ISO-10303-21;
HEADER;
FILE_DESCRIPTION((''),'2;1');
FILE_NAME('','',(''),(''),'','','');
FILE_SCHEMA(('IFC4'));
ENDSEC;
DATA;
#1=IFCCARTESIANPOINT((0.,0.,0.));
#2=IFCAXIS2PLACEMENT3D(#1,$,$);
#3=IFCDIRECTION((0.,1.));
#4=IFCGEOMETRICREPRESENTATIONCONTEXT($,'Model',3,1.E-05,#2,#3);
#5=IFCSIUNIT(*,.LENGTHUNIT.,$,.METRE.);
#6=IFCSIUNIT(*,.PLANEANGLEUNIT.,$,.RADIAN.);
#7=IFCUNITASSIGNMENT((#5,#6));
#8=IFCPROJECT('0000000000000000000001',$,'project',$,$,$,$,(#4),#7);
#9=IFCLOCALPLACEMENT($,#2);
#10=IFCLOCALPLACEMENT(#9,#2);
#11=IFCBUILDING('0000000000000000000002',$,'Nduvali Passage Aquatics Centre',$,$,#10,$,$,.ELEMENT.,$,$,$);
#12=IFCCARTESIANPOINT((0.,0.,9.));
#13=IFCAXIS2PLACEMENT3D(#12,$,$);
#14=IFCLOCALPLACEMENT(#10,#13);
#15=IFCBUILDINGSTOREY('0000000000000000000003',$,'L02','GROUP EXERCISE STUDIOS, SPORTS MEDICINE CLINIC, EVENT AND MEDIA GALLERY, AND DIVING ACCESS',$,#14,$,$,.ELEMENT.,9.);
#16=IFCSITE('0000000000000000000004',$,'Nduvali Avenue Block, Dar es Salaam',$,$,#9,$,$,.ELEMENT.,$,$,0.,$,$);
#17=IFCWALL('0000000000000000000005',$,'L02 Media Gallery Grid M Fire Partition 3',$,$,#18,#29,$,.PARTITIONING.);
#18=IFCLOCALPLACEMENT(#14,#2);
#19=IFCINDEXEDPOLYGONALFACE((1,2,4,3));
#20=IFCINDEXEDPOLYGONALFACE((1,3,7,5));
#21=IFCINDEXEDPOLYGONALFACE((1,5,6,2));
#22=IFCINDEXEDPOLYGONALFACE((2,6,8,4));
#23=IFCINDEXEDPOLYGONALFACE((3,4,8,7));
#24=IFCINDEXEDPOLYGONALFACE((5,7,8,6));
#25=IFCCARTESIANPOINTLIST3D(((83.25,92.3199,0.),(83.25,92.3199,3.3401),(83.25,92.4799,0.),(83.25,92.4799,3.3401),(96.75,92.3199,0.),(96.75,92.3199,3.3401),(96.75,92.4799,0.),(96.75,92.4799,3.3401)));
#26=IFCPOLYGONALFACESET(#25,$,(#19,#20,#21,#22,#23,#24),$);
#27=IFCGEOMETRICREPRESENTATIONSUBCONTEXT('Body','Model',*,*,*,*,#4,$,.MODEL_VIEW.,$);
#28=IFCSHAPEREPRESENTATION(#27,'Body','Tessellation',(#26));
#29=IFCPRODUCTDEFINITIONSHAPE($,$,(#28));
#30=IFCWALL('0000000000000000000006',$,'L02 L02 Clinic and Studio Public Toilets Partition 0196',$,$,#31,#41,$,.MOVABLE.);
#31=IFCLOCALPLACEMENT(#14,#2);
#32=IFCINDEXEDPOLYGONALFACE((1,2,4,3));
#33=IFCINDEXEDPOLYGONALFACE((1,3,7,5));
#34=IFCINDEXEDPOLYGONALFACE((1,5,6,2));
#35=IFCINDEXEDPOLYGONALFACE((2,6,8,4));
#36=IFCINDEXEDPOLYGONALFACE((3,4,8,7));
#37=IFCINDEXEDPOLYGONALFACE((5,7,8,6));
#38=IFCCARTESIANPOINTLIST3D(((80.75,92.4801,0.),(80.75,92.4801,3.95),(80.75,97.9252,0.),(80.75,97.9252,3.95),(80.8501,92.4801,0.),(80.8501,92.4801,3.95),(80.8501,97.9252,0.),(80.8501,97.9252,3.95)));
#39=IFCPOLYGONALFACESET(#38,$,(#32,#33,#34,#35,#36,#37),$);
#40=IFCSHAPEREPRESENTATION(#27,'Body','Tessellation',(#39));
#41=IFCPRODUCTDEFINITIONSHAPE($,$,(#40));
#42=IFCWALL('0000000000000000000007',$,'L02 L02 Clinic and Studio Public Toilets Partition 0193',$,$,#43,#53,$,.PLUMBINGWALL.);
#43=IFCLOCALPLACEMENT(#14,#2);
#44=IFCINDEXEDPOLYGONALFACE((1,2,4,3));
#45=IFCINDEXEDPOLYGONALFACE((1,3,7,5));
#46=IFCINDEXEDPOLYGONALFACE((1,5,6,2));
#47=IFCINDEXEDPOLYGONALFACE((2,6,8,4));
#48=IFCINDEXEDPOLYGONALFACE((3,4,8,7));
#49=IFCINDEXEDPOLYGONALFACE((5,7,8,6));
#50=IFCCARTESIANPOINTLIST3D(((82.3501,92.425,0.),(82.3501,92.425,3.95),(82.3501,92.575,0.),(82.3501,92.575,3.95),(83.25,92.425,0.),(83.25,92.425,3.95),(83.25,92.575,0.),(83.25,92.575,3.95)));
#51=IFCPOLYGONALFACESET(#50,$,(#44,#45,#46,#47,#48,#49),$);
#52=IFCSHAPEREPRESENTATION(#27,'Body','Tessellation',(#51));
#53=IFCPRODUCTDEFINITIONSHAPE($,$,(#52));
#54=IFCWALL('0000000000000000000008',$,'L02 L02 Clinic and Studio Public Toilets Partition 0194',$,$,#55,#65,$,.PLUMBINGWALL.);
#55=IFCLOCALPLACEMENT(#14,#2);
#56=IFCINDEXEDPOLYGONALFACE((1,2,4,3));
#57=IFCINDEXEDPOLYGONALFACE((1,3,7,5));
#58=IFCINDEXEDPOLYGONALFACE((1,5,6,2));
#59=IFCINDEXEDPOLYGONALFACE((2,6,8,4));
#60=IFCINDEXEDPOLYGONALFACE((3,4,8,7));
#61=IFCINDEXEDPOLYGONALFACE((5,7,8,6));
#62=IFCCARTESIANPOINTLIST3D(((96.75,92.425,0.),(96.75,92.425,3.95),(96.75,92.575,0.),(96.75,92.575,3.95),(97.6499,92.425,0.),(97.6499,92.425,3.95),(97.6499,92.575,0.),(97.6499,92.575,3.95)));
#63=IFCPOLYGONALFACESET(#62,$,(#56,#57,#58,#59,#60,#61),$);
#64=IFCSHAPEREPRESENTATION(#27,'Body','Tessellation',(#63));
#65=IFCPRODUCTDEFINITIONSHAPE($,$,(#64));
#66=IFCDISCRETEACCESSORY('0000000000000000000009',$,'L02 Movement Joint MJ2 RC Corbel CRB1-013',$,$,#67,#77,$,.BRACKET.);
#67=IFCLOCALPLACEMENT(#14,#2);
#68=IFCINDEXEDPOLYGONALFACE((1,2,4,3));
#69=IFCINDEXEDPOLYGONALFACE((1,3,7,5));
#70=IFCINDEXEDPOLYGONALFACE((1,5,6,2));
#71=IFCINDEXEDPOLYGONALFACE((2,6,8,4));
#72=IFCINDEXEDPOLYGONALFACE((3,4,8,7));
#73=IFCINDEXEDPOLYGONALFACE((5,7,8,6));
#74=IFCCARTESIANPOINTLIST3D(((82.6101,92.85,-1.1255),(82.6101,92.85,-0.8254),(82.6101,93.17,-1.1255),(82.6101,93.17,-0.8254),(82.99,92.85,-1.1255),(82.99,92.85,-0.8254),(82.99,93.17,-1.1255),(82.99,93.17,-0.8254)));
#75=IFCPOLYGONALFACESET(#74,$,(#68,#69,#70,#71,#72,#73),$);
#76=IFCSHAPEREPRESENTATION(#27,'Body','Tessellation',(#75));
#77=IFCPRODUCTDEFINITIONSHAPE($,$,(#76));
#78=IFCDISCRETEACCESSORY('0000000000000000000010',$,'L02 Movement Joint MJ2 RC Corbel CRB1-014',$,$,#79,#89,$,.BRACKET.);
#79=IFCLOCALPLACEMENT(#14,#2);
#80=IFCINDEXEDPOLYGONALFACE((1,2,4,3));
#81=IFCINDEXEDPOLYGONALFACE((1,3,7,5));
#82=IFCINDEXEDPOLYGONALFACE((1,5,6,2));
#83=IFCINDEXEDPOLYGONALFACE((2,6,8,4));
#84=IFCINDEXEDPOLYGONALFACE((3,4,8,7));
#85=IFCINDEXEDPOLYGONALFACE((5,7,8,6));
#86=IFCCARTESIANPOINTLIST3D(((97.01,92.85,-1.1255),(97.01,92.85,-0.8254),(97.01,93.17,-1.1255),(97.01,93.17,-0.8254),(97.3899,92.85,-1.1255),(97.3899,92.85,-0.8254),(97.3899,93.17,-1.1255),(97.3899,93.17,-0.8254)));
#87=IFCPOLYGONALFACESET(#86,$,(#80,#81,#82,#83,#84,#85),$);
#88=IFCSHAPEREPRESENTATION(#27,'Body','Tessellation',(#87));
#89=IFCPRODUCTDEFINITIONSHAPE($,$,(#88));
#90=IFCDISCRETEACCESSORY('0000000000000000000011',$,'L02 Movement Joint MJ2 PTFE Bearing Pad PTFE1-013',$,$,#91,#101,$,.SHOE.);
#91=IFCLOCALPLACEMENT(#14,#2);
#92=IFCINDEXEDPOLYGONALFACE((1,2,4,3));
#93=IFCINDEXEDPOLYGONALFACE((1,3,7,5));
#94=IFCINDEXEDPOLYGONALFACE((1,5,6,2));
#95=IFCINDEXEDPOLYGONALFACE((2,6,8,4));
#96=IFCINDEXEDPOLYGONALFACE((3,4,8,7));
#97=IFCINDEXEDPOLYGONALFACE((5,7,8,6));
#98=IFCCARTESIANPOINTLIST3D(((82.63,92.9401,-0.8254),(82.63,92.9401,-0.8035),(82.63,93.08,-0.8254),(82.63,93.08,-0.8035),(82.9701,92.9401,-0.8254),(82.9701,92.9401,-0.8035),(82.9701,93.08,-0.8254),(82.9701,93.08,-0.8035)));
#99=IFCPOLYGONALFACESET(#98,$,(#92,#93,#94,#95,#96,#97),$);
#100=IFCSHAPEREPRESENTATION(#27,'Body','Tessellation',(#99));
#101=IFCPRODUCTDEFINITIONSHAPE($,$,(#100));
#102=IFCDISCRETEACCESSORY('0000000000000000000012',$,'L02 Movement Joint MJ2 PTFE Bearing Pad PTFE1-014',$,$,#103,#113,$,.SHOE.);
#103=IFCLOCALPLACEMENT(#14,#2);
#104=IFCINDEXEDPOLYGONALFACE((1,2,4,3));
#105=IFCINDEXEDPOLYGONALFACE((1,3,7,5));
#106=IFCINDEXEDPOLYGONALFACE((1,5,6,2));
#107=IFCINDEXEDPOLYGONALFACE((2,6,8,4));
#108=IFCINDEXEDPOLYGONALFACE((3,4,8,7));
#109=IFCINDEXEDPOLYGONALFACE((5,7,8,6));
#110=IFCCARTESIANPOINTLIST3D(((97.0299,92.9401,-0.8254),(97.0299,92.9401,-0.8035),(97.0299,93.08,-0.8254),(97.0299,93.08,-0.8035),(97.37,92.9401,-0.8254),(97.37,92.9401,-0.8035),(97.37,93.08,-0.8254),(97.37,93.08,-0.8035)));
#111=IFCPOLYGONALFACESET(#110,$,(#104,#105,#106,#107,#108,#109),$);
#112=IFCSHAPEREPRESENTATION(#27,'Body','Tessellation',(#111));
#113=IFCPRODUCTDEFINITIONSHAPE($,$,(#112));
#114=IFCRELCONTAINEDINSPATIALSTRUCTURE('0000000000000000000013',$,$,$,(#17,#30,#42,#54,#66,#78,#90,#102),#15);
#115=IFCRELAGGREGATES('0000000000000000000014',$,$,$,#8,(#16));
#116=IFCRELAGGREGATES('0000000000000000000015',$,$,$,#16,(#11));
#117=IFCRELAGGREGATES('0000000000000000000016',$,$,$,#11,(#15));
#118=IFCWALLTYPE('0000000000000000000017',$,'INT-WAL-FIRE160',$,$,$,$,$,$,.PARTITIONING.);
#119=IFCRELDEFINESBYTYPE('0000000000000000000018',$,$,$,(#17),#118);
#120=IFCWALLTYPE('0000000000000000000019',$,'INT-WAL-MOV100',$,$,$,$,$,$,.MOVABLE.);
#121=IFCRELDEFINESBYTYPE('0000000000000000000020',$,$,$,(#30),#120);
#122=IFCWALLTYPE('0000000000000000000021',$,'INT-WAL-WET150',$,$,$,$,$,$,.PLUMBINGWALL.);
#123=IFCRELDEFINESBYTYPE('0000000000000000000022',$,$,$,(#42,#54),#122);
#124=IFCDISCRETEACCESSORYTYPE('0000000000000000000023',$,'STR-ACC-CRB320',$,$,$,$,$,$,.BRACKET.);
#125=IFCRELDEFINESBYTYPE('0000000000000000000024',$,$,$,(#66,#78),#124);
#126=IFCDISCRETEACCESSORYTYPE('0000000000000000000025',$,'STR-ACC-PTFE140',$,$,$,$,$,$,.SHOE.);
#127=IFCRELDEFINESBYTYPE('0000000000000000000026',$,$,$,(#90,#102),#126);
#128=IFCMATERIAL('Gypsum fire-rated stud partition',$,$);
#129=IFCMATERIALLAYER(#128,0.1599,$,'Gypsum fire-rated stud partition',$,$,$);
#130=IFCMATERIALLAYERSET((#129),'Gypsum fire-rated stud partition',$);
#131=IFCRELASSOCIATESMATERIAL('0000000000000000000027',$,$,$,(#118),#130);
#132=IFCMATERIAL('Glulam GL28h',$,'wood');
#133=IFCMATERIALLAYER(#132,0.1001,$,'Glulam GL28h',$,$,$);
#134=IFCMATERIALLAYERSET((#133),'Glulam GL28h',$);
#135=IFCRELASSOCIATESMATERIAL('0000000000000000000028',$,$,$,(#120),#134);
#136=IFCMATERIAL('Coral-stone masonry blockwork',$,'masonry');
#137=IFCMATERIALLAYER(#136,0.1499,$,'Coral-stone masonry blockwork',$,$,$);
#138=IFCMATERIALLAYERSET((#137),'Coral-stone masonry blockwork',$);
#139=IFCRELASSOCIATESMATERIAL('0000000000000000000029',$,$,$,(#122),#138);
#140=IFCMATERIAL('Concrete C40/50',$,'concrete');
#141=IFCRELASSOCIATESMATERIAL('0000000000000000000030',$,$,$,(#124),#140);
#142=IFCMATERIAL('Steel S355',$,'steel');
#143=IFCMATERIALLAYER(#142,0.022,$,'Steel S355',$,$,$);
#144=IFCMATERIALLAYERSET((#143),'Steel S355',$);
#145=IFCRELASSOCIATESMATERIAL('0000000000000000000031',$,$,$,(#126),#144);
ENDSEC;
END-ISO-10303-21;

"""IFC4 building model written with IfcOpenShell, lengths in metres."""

from ifc_helpers import new_model, si_unit, direction, frame, frame_2d, origin, origin_2d, place, context, subcontext, project, spatial, rectangle, extrude, material, layer, layer_set, type_object, element, save


model = new_model("IFC4")

# Units and contexts
model_context = context("Model", 3, precision=1e-05, world=origin(), true_north=direction((0.0, 1.0)))
body_context = subcontext(model_context, "Body", "Model", "MODEL_VIEW")
ifc_project = project(units=[si_unit("LENGTHUNIT", "METRE"), si_unit("PLANEANGLEUNIT", "RADIAN")], contexts=[model_context])

# Site, building, storey
site_placement = place(None, origin())
site = spatial("IfcSite", under=ifc_project, at=site_placement, Name="Nduvali Avenue Block, Dar es Salaam", CompositionType="ELEMENT", RefElevation=0.0)
building_placement = place(site_placement, origin())
building = spatial("IfcBuilding", under=site, at=building_placement, Name="Nduvali Passage Aquatics Centre", CompositionType="ELEMENT")
storey_placement = place(building_placement, frame((0.0, 0.0, 9.0)))
storey = spatial("IfcBuildingStorey", under=building, at=storey_placement, Name="L02", Description="GROUP EXERCISE STUDIOS, SPORTS MEDICINE CLINIC, EVENT AND MEDIA GALLERY, AND DIVING ACCESS", CompositionType="ELEMENT", Elevation=9.0)

# Shared definitions
ifc_material_1 = material(Name="Concrete C40/50", Category="concrete")

# Shared definitions
ifc_material_2 = material(Name="Steel S355", Category="steel")

# Walls
ifc_material_3 = material(Name="Gypsum fire-rated stud partition")
ifc_layer_1 = layer(ifc_material_3, 0.1599, Name="Gypsum fire-rated stud partition")
ifc_layer_set_1 = layer_set([ifc_layer_1], Name="Gypsum fire-rated stud partition")
wall_type_1 = type_object("IfcWallType", Name="INT-WAL-FIRE160", PredefinedType="PARTITIONING", material=ifc_layer_set_1)
wall_1_placement = place(storey_placement, frame((83.25, 92.3999, 0.0), z_axis=(0.0, 0.0, 1.0), x_axis=(1.0, 0.0, 0.0)))
element("IfcWall", 1, at=wall_1_placement, inside=storey, type_object=wall_type_1, Name="L02 Media Gallery Grid M Fire Partition 3", PredefinedType="PARTITIONING", context=body_context, shape_type="SweptSolid", body=[
    extrude(rectangle(XDim=13.5, YDim=0.1599, at=frame_2d((6.75, 0.0))), origin(), (0.0, 0.0, 1.0), 3.3401),
])
ifc_material_4 = material(Name="Glulam GL28h", Category="wood")
ifc_layer_2 = layer(ifc_material_4, 0.1001, Name="Glulam GL28h")
ifc_layer_set_2 = layer_set([ifc_layer_2], Name="Glulam GL28h")
wall_type_2 = type_object("IfcWallType", Name="INT-WAL-MOV100", PredefinedType="MOVABLE", material=ifc_layer_set_2)
wall_2_placement = place(storey_placement, frame((80.8, 92.48, 0.0), z_axis=(0.0, 0.0, 1.0), x_axis=(0.0, 1.0, 0.0)))
element("IfcWall", 2, at=wall_2_placement, inside=storey, type_object=wall_type_2, Name="L02 L02 Clinic and Studio Public Toilets Partition 0196", PredefinedType="MOVABLE", context=body_context, shape_type="SweptSolid", body=[
    extrude(rectangle(XDim=5.4451, YDim=0.1001, at=frame_2d((2.7227, 0.0))), origin(), (0.0, 0.0, 1.0), 3.95),
])
ifc_material_5 = material(Name="Coral-stone masonry blockwork", Category="masonry")
ifc_layer_3 = layer(ifc_material_5, 0.1499, Name="Coral-stone masonry blockwork")
ifc_layer_set_3 = layer_set([ifc_layer_3], Name="Coral-stone masonry blockwork")
wall_type_3 = type_object("IfcWallType", Name="INT-WAL-WET150", PredefinedType="PLUMBINGWALL", material=ifc_layer_set_3)
for number, where, z_axis, x_axis, name in (
    (3, (82.3501, 92.5, 0.0), (0.0, 0.0, 1.0), (1.0, 0.0, 0.0), "L02 L02 Clinic and Studio Public Toilets Partition 0193"),
    (4, (96.75, 92.5, 0.0), (0.0, 0.0, 1.0), (1.0, 0.0, 0.0), "L02 L02 Clinic and Studio Public Toilets Partition 0194"),
):
    element("IfcWall", number, at=place(storey_placement, frame(where, z_axis=z_axis, x_axis=x_axis)), inside=storey, type_object=wall_type_3, Name=name, PredefinedType="PLUMBINGWALL", context=body_context, shape_type="SweptSolid", body=[
        extrude(rectangle(XDim=0.8999, YDim=0.1499, at=frame_2d((0.45, 0.0))), origin(), (0.0, 0.0, 1.0), 3.95),
    ])

# Discrete accessories
discrete_accessory_type_1 = type_object("IfcDiscreteAccessoryType", Name="STR-ACC-CRB320", PredefinedType="BRACKET", material=ifc_material_1)
for number, where, z_axis, x_axis, name in (
    (5, (82.8, 93.01, -1.1255), (0.0, 0.0, 1.0), (0.0, 1.0, 0.0), "L02 Movement Joint MJ2 RC Corbel CRB1-013"),
    (6, (97.2, 93.01, -1.1255), (0.0, 0.0, 1.0), (0.0, 1.0, 0.0), "L02 Movement Joint MJ2 RC Corbel CRB1-014"),
):
    element("IfcDiscreteAccessory", number, at=place(storey_placement, frame(where, z_axis=z_axis, x_axis=x_axis)), inside=storey, type_object=discrete_accessory_type_1, Name=name, PredefinedType="BRACKET", context=body_context, shape_type="SweptSolid", body=[
        extrude(rectangle(XDim=0.3201, YDim=0.3799, at=origin_2d()), origin(), (0.0, 0.0, 1.0), 0.3),
    ])
ifc_layer_4 = layer(ifc_material_2, 0.022, Name="Steel S355")
ifc_layer_set_4 = layer_set([ifc_layer_4], Name="Steel S355")
discrete_accessory_type_2 = type_object("IfcDiscreteAccessoryType", Name="STR-ACC-PTFE140", PredefinedType="SHOE", material=ifc_layer_set_4)
for number, where, z_axis, x_axis, name in (
    (7, (82.8, 93.01, -0.8254), (0.0, 0.0, 1.0), (0.0, 1.0, 0.0), "L02 Movement Joint MJ2 PTFE Bearing Pad PTFE1-013"),
    (8, (97.2, 93.01, -0.8254), (0.0, 0.0, 1.0), (0.0, 1.0, 0.0), "L02 Movement Joint MJ2 PTFE Bearing Pad PTFE1-014"),
):
    element("IfcDiscreteAccessory", number, at=place(storey_placement, frame(where, z_axis=z_axis, x_axis=x_axis)), inside=storey, type_object=discrete_accessory_type_2, Name=name, PredefinedType="SHOE", context=body_context, shape_type="SweptSolid", body=[
        extrude(rectangle(XDim=0.1399, YDim=0.3401, at=origin_2d()), origin(), (0.0, 0.0, 1.0), 0.022),
    ])

save(model, "model.ifc")
